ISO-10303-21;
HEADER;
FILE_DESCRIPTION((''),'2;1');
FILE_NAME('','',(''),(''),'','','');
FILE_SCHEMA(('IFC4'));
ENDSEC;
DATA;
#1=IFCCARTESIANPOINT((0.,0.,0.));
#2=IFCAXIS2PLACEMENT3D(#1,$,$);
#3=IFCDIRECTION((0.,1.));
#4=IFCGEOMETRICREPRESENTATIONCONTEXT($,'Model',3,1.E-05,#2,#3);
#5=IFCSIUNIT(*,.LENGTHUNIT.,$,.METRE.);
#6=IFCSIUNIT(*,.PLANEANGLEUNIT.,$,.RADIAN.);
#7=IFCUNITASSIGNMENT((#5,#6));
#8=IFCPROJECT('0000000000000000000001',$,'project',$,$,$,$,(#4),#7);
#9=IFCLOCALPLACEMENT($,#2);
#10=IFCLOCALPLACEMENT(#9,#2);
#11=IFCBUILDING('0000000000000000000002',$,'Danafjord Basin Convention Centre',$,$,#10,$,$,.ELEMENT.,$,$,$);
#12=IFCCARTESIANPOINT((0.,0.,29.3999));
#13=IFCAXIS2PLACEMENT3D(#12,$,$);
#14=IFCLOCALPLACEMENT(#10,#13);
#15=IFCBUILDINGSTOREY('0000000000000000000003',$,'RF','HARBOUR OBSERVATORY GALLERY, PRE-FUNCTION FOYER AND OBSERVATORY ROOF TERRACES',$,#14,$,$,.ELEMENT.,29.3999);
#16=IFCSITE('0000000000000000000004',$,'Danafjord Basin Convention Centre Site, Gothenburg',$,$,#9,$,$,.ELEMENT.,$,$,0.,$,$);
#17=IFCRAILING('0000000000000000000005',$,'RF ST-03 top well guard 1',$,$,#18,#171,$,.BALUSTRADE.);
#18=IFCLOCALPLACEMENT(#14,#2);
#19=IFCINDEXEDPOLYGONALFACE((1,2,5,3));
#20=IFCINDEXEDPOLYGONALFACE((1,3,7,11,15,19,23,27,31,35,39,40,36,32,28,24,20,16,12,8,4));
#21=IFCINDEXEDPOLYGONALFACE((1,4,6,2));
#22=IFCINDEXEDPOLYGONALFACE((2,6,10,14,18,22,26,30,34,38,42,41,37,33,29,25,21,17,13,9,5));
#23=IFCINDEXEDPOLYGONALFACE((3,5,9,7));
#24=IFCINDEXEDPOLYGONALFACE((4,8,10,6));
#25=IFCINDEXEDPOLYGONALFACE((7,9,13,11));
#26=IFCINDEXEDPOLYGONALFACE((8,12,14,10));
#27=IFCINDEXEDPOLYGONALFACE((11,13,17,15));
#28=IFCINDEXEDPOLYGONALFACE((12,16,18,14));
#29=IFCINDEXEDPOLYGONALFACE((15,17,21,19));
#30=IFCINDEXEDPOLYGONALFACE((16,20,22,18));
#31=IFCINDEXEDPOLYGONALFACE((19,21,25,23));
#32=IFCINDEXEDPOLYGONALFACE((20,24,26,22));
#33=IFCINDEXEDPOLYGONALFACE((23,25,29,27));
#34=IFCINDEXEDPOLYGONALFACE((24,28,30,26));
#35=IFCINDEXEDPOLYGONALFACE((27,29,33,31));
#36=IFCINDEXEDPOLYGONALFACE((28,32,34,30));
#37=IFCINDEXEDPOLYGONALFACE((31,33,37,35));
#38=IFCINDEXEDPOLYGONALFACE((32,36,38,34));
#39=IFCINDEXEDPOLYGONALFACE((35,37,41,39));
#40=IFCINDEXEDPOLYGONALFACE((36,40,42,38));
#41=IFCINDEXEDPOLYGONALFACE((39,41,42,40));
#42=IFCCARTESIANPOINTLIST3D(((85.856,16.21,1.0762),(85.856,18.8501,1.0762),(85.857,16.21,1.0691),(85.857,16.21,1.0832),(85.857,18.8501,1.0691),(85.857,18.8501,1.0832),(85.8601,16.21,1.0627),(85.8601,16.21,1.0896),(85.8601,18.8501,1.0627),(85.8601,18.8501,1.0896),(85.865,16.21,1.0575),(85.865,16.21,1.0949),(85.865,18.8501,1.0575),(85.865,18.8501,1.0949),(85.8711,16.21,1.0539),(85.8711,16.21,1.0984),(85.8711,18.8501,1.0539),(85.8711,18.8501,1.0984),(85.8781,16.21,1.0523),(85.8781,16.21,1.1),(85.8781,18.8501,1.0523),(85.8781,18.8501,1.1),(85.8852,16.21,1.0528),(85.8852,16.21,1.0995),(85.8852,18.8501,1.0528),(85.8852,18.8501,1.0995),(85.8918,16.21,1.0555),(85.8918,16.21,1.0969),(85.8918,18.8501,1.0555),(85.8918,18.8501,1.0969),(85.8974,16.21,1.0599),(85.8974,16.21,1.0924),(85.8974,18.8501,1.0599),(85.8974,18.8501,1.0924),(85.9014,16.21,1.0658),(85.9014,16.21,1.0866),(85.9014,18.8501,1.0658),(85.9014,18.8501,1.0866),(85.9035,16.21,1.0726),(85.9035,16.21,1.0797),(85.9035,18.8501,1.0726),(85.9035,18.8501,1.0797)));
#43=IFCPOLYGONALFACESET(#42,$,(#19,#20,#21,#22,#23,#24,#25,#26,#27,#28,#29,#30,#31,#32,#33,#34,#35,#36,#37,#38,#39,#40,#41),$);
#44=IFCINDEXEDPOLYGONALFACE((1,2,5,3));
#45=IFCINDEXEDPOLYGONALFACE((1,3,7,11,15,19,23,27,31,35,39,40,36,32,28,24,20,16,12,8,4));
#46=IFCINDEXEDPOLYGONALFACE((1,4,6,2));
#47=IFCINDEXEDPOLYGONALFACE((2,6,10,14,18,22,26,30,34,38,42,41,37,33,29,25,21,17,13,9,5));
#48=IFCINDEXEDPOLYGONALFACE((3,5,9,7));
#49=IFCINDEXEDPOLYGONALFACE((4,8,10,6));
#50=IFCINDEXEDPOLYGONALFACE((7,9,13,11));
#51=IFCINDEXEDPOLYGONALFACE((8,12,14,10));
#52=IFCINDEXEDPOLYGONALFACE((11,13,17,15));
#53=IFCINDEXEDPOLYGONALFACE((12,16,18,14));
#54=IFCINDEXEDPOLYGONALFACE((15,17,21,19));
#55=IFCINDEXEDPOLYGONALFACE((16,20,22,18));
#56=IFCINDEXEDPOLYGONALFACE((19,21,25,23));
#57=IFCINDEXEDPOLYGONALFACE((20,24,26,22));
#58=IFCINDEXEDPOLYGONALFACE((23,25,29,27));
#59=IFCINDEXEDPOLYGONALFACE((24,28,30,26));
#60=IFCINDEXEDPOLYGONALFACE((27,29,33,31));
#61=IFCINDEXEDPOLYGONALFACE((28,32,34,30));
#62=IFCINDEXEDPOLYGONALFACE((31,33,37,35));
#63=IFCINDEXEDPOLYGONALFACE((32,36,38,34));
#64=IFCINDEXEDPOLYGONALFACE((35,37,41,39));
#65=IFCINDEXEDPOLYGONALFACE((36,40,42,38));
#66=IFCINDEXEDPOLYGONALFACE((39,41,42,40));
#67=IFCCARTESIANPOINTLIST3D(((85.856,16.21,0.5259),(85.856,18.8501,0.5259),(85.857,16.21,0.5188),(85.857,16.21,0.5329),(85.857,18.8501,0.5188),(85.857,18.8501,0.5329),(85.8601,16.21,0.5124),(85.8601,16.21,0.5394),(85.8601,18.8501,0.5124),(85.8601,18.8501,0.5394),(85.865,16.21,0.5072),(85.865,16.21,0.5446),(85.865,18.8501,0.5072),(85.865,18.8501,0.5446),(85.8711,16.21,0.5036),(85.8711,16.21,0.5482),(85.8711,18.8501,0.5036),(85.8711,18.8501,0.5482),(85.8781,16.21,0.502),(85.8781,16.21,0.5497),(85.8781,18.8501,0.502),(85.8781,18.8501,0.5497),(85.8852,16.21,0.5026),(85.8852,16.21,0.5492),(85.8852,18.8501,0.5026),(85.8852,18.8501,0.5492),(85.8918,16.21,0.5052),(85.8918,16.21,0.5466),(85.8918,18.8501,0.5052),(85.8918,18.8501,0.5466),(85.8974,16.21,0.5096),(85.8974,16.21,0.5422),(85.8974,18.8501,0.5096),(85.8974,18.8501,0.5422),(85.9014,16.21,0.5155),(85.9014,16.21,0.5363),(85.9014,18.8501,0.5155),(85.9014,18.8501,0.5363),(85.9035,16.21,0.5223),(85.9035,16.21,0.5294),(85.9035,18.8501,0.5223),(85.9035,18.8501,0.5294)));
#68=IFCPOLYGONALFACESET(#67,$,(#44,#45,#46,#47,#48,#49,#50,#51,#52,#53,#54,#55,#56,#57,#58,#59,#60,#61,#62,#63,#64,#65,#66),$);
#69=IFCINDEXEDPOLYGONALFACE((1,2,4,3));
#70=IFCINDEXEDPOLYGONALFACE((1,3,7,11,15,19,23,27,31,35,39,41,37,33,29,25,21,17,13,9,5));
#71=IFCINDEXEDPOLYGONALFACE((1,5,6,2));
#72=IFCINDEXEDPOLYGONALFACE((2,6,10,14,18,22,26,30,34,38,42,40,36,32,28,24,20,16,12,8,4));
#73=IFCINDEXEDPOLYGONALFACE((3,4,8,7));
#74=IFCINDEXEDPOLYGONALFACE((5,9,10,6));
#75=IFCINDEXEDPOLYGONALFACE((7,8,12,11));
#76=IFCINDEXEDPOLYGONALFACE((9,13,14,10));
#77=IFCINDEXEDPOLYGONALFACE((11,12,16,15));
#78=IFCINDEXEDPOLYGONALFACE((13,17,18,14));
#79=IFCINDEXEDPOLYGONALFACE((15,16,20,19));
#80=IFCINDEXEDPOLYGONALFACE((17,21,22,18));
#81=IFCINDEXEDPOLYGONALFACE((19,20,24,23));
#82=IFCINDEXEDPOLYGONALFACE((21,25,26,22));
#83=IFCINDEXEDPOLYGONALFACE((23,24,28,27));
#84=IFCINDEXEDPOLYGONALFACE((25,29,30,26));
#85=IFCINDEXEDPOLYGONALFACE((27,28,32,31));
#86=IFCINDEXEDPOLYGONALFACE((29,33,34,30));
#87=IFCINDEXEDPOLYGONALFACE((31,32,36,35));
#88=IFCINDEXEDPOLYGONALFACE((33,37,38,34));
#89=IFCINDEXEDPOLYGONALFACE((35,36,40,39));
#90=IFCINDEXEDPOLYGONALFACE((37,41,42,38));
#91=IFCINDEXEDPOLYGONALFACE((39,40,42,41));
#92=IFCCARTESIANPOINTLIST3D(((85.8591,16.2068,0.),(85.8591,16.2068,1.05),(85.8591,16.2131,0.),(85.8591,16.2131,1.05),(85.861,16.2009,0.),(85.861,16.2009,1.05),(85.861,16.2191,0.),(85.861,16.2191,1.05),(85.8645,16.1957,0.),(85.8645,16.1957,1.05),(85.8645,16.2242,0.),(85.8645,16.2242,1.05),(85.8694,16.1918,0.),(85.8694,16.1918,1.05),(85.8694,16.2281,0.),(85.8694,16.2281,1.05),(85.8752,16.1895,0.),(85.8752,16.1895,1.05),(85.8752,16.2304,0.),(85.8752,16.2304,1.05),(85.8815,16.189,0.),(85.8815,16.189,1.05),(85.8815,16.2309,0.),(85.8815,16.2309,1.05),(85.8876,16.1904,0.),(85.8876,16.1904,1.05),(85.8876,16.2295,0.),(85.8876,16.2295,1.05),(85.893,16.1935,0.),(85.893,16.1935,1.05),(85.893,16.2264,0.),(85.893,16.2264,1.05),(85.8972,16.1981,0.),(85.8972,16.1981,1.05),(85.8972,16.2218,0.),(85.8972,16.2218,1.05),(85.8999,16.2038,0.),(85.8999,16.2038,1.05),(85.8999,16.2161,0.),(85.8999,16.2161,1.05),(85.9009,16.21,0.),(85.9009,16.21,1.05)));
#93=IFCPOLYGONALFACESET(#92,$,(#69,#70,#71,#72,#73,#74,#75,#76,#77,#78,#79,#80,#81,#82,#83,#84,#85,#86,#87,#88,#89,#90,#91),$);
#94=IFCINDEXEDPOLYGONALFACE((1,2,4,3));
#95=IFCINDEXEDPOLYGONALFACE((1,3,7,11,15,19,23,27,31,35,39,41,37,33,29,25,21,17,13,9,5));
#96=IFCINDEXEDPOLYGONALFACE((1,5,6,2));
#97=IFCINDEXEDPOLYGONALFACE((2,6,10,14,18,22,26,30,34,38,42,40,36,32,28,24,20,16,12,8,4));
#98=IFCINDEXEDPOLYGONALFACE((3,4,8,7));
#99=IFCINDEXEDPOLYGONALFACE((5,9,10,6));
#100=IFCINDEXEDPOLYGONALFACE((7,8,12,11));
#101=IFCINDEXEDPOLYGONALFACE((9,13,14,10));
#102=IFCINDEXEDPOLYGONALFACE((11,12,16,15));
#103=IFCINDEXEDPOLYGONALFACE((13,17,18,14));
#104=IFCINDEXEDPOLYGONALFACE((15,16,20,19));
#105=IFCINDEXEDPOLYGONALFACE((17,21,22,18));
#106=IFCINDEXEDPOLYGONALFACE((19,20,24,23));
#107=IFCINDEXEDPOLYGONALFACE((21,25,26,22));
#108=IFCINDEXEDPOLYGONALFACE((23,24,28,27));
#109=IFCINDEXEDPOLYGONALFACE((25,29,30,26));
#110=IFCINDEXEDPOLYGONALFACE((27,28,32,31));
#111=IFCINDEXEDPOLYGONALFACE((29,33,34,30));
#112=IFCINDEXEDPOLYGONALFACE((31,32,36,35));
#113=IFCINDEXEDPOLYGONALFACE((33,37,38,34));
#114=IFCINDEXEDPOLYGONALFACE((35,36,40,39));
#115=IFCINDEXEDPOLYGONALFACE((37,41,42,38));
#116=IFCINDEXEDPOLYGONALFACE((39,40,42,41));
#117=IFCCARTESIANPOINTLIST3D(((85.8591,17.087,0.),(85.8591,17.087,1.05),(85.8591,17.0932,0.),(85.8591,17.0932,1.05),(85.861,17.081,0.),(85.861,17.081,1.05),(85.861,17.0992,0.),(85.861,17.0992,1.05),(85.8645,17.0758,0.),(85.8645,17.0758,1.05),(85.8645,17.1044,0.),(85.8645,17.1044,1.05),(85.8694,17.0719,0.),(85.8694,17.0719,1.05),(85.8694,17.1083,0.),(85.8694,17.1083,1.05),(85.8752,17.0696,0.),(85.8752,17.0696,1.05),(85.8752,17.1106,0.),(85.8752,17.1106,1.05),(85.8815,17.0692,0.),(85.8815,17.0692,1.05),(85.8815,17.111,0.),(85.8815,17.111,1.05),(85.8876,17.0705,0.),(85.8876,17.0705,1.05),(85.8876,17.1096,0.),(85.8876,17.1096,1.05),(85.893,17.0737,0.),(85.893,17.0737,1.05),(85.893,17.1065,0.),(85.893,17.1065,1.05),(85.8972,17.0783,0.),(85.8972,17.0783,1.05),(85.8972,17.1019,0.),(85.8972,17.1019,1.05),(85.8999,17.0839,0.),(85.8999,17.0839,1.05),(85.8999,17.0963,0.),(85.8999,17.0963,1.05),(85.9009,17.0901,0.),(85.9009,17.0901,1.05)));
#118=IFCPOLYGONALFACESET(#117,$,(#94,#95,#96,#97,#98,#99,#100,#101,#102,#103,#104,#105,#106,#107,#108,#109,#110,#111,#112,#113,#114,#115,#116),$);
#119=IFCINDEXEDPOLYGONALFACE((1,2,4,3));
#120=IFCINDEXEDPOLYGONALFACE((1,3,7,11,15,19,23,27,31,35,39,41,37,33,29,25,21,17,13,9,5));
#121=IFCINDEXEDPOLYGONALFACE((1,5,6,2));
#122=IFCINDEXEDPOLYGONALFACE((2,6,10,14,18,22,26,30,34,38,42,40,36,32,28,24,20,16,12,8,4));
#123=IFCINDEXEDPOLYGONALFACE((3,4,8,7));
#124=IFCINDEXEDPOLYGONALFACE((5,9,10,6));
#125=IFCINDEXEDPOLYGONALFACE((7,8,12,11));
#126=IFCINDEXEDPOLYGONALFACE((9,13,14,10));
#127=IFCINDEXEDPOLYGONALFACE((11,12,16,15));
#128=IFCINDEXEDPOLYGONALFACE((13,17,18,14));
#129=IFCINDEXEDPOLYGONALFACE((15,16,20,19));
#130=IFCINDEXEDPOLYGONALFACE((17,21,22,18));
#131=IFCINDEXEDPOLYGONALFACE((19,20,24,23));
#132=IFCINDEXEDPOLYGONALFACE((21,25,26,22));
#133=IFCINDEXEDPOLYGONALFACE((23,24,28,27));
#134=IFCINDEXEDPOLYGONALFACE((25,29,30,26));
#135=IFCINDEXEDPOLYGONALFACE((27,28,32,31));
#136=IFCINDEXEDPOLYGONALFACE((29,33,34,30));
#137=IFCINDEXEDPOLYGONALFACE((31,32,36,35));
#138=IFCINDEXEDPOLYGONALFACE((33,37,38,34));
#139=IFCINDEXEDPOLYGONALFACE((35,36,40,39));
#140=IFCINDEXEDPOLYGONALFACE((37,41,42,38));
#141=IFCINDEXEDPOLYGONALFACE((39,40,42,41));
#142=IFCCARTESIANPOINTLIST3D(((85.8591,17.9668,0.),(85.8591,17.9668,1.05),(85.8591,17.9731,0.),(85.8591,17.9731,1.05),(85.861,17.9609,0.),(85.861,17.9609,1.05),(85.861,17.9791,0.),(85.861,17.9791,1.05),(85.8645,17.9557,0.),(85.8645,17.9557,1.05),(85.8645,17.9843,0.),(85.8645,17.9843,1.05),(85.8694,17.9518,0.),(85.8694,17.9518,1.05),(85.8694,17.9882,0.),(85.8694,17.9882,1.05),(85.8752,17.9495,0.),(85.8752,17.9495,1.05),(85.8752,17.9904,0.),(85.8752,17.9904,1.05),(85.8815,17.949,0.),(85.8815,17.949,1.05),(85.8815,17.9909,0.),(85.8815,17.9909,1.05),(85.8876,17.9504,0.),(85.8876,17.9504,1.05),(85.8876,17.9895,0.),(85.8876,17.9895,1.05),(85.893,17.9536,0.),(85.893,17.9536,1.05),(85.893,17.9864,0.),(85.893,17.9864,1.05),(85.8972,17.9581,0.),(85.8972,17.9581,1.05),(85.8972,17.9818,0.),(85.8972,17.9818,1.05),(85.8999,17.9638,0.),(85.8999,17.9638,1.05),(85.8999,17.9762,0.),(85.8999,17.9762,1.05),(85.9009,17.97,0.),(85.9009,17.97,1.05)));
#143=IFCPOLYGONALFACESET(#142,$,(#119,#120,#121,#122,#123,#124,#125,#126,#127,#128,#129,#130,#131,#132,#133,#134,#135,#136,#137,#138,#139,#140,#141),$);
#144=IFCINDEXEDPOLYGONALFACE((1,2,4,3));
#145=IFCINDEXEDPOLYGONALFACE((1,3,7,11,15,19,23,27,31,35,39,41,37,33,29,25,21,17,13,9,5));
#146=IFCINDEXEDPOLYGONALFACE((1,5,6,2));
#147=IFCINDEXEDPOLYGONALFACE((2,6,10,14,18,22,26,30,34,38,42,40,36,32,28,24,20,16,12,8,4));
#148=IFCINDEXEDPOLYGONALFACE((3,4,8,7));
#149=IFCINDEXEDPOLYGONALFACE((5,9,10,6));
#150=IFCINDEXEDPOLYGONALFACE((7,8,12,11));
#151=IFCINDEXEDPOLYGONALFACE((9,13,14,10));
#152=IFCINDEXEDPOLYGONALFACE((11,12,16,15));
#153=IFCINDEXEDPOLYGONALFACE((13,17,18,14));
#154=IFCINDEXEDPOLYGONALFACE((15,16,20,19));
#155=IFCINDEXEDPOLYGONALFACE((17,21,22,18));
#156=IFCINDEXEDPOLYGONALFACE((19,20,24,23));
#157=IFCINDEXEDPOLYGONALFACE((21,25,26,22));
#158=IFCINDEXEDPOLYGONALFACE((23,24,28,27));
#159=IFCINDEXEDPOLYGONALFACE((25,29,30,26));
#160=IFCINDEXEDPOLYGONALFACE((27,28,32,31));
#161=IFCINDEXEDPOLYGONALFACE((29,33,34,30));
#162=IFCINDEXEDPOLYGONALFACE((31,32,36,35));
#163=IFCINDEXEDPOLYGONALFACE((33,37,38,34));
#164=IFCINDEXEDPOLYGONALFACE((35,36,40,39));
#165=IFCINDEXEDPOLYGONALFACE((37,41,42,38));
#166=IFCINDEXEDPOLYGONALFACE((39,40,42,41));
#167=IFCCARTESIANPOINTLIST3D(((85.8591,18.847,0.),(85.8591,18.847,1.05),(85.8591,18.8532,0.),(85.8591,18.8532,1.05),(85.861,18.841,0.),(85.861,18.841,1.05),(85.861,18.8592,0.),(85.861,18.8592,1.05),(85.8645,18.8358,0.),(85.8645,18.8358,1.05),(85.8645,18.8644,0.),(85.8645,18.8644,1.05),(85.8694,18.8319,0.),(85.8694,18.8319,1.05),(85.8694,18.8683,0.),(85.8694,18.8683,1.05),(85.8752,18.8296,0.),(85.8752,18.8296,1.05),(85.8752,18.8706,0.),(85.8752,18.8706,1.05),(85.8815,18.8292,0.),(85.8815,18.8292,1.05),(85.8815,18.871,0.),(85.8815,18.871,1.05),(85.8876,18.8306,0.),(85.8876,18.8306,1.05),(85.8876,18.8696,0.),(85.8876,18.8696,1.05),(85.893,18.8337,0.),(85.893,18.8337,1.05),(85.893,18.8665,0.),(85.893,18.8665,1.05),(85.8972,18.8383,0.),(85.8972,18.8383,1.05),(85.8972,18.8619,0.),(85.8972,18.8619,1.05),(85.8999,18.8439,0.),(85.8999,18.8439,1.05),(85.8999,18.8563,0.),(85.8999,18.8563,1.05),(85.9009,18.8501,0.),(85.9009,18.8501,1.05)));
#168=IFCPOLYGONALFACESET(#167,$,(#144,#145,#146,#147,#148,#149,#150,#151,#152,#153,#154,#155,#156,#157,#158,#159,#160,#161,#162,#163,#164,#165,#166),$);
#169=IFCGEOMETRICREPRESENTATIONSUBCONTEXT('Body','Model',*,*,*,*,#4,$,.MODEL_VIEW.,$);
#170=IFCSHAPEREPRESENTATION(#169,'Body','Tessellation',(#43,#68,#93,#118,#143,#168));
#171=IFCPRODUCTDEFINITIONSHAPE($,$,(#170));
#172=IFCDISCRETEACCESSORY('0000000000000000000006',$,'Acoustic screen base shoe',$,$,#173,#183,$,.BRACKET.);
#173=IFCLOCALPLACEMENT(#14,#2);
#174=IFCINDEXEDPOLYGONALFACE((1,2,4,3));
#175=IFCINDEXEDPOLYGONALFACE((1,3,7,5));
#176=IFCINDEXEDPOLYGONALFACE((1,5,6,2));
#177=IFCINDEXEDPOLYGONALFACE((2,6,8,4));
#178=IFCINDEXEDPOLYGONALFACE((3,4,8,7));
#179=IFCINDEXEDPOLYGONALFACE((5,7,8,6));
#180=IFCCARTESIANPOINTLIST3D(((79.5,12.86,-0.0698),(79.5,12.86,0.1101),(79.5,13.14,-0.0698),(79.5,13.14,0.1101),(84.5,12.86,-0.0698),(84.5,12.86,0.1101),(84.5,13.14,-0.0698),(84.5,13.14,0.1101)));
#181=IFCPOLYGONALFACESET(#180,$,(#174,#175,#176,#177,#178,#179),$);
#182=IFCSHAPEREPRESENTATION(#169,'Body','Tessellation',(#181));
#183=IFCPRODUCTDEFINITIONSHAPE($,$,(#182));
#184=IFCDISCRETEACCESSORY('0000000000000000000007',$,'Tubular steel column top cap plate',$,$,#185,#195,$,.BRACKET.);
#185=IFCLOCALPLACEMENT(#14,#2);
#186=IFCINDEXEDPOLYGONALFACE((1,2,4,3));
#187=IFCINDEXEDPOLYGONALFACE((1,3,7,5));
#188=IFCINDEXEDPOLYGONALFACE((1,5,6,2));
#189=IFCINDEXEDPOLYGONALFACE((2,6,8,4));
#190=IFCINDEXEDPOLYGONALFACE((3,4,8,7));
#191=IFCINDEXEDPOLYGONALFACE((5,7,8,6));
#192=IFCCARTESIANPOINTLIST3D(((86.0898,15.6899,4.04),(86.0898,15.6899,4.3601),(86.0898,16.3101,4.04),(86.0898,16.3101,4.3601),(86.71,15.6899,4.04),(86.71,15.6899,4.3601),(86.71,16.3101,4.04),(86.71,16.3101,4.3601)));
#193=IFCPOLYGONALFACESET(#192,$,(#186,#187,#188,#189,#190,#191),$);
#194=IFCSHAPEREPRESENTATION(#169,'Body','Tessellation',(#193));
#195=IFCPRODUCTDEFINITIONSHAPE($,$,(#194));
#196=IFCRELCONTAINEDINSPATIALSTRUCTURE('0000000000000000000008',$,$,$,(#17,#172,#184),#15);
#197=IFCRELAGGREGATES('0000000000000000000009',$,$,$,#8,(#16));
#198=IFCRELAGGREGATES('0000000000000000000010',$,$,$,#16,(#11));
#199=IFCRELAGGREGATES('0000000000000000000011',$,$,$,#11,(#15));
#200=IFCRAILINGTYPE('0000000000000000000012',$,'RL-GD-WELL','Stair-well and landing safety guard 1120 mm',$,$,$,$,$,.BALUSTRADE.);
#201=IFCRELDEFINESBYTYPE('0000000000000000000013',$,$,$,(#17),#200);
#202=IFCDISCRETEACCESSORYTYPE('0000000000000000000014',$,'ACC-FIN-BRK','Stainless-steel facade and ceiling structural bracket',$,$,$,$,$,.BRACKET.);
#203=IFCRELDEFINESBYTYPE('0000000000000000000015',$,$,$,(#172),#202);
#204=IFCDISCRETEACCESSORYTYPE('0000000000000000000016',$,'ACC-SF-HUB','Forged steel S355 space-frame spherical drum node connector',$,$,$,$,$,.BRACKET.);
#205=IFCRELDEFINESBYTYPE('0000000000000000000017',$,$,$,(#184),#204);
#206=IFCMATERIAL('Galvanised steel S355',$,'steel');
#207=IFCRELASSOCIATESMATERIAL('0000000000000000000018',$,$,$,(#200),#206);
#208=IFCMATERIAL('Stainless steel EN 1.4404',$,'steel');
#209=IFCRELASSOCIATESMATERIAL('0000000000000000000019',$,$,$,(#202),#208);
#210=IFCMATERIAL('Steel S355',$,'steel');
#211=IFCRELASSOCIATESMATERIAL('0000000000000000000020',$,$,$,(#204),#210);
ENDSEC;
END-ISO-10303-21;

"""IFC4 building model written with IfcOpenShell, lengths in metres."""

from ifc_helpers import new_model, si_unit, direction, frame, origin, origin_2d, place, context, subcontext, project, spatial, rectangle, circle, extrude, material, type_object, element, save


model = new_model("IFC4")

# Units and contexts
model_context = context("Model", 3, precision=1e-05, world=origin(), true_north=direction((0.0, 1.0)))
body_context = subcontext(model_context, "Body", "Model", "MODEL_VIEW")
ifc_project = project(units=[si_unit("LENGTHUNIT", "METRE"), si_unit("PLANEANGLEUNIT", "RADIAN")], contexts=[model_context])

# Site, building, storey
site_placement = place(None, origin())
site = spatial("IfcSite", under=ifc_project, at=site_placement, Name="Danafjord Basin Convention Centre Site, Gothenburg", CompositionType="ELEMENT", RefElevation=0.0)
building_placement = place(site_placement, origin())
building = spatial("IfcBuilding", under=site, at=building_placement, Name="Danafjord Basin Convention Centre", CompositionType="ELEMENT")
storey_placement = place(building_placement, frame((0.0, 0.0, 29.3999)))
storey = spatial("IfcBuildingStorey", under=building, at=storey_placement, Name="RF", Description="HARBOUR OBSERVATORY GALLERY, PRE-FUNCTION FOYER AND OBSERVATORY ROOF TERRACES", CompositionType="ELEMENT", Elevation=29.3999)

# Shared definitions
ifc_material_1 = material(Name="Steel S355", Category="steel")

# Railing
ifc_material_2 = material(Name="Galvanised steel S355", Category="steel")
railing_type_1 = type_object("IfcRailingType", Name="RL-GD-WELL", Description="Stair-well and landing safety guard 1120 mm", PredefinedType="BALUSTRADE", material=ifc_material_2)
railing_1_placement = place(storey_placement, frame((85.8799, 16.21, 0.0)))
element("IfcRailing", 1, at=railing_1_placement, inside=storey, type_object=railing_type_1, Name="RF ST-03 top well guard 1", PredefinedType="BALUSTRADE", context=body_context, shape_type="SweptSolid", body=[
    extrude(circle(Radius=0.0239, at=origin_2d()), frame((0.0, 0.0, 1.0762), z_axis=(0.0, 1.0, 0.0), x_axis=(-1.0, 0.0, 0.0)), (0.0, 0.0, 1.0), 2.6401),
    extrude(circle(Radius=0.0239, at=origin_2d()), frame((0.0, 0.0, 0.5259), z_axis=(0.0, 1.0, 0.0), x_axis=(-1.0, 0.0, 0.0)), (0.0, 0.0, 1.0), 2.6401),
    extrude(circle(Radius=0.021, at=origin_2d()), origin(), (0.0, 0.0, 1.0), 1.05),
    extrude(circle(Radius=0.021, at=origin_2d()), frame((0.0, 0.8801, 0.0)), (0.0, 0.0, 1.0), 1.05),
    extrude(circle(Radius=0.021, at=origin_2d()), frame((0.0, 1.76, 0.0)), (0.0, 0.0, 1.0), 1.05),
    extrude(circle(Radius=0.021, at=origin_2d()), frame((0.0, 2.6401, 0.0)), (0.0, 0.0, 1.0), 1.05),
])

# Discrete accessories
ifc_material_3 = material(Name="Stainless steel EN 1.4404", Category="steel")
discrete_accessory_type_1 = type_object("IfcDiscreteAccessoryType", Name="ACC-FIN-BRK", Description="Stainless-steel facade and ceiling structural bracket", PredefinedType="BRACKET", material=ifc_material_3)
discrete_accessory_1_placement = place(storey_placement, frame((82.0, 13.0, -0.0698), z_axis=(0.0, 0.0, 1.0), x_axis=(1.0, 0.0, 0.0)))
element("IfcDiscreteAccessory", 2, at=discrete_accessory_1_placement, inside=storey, type_object=discrete_accessory_type_1, Name="Acoustic screen base shoe", PredefinedType="BRACKET", context=body_context, shape_type="SweptSolid", body=[
    extrude(rectangle(XDim=5.0, YDim=0.28, at=origin_2d()), origin(), (0.0, 0.0, 1.0), 0.1799),
])
discrete_accessory_type_2 = type_object("IfcDiscreteAccessoryType", Name="ACC-SF-HUB", Description="Forged steel S355 space-frame spherical drum node connector", PredefinedType="BRACKET", material=ifc_material_1)
discrete_accessory_2_placement = place(storey_placement, frame((86.3999, 16.0, 4.04), z_axis=(0.0, 0.0, 1.0), x_axis=(1.0, 0.0, 0.0)))
element("IfcDiscreteAccessory", 3, at=discrete_accessory_2_placement, inside=storey, type_object=discrete_accessory_type_2, Name="Tubular steel column top cap plate", PredefinedType="BRACKET", context=body_context, shape_type="SweptSolid", body=[
    extrude(rectangle(XDim=0.6201, YDim=0.6201, at=origin_2d()), origin(), (0.0, 0.0, 1.0), 0.3201),
])

save(model, "model.ifc")
